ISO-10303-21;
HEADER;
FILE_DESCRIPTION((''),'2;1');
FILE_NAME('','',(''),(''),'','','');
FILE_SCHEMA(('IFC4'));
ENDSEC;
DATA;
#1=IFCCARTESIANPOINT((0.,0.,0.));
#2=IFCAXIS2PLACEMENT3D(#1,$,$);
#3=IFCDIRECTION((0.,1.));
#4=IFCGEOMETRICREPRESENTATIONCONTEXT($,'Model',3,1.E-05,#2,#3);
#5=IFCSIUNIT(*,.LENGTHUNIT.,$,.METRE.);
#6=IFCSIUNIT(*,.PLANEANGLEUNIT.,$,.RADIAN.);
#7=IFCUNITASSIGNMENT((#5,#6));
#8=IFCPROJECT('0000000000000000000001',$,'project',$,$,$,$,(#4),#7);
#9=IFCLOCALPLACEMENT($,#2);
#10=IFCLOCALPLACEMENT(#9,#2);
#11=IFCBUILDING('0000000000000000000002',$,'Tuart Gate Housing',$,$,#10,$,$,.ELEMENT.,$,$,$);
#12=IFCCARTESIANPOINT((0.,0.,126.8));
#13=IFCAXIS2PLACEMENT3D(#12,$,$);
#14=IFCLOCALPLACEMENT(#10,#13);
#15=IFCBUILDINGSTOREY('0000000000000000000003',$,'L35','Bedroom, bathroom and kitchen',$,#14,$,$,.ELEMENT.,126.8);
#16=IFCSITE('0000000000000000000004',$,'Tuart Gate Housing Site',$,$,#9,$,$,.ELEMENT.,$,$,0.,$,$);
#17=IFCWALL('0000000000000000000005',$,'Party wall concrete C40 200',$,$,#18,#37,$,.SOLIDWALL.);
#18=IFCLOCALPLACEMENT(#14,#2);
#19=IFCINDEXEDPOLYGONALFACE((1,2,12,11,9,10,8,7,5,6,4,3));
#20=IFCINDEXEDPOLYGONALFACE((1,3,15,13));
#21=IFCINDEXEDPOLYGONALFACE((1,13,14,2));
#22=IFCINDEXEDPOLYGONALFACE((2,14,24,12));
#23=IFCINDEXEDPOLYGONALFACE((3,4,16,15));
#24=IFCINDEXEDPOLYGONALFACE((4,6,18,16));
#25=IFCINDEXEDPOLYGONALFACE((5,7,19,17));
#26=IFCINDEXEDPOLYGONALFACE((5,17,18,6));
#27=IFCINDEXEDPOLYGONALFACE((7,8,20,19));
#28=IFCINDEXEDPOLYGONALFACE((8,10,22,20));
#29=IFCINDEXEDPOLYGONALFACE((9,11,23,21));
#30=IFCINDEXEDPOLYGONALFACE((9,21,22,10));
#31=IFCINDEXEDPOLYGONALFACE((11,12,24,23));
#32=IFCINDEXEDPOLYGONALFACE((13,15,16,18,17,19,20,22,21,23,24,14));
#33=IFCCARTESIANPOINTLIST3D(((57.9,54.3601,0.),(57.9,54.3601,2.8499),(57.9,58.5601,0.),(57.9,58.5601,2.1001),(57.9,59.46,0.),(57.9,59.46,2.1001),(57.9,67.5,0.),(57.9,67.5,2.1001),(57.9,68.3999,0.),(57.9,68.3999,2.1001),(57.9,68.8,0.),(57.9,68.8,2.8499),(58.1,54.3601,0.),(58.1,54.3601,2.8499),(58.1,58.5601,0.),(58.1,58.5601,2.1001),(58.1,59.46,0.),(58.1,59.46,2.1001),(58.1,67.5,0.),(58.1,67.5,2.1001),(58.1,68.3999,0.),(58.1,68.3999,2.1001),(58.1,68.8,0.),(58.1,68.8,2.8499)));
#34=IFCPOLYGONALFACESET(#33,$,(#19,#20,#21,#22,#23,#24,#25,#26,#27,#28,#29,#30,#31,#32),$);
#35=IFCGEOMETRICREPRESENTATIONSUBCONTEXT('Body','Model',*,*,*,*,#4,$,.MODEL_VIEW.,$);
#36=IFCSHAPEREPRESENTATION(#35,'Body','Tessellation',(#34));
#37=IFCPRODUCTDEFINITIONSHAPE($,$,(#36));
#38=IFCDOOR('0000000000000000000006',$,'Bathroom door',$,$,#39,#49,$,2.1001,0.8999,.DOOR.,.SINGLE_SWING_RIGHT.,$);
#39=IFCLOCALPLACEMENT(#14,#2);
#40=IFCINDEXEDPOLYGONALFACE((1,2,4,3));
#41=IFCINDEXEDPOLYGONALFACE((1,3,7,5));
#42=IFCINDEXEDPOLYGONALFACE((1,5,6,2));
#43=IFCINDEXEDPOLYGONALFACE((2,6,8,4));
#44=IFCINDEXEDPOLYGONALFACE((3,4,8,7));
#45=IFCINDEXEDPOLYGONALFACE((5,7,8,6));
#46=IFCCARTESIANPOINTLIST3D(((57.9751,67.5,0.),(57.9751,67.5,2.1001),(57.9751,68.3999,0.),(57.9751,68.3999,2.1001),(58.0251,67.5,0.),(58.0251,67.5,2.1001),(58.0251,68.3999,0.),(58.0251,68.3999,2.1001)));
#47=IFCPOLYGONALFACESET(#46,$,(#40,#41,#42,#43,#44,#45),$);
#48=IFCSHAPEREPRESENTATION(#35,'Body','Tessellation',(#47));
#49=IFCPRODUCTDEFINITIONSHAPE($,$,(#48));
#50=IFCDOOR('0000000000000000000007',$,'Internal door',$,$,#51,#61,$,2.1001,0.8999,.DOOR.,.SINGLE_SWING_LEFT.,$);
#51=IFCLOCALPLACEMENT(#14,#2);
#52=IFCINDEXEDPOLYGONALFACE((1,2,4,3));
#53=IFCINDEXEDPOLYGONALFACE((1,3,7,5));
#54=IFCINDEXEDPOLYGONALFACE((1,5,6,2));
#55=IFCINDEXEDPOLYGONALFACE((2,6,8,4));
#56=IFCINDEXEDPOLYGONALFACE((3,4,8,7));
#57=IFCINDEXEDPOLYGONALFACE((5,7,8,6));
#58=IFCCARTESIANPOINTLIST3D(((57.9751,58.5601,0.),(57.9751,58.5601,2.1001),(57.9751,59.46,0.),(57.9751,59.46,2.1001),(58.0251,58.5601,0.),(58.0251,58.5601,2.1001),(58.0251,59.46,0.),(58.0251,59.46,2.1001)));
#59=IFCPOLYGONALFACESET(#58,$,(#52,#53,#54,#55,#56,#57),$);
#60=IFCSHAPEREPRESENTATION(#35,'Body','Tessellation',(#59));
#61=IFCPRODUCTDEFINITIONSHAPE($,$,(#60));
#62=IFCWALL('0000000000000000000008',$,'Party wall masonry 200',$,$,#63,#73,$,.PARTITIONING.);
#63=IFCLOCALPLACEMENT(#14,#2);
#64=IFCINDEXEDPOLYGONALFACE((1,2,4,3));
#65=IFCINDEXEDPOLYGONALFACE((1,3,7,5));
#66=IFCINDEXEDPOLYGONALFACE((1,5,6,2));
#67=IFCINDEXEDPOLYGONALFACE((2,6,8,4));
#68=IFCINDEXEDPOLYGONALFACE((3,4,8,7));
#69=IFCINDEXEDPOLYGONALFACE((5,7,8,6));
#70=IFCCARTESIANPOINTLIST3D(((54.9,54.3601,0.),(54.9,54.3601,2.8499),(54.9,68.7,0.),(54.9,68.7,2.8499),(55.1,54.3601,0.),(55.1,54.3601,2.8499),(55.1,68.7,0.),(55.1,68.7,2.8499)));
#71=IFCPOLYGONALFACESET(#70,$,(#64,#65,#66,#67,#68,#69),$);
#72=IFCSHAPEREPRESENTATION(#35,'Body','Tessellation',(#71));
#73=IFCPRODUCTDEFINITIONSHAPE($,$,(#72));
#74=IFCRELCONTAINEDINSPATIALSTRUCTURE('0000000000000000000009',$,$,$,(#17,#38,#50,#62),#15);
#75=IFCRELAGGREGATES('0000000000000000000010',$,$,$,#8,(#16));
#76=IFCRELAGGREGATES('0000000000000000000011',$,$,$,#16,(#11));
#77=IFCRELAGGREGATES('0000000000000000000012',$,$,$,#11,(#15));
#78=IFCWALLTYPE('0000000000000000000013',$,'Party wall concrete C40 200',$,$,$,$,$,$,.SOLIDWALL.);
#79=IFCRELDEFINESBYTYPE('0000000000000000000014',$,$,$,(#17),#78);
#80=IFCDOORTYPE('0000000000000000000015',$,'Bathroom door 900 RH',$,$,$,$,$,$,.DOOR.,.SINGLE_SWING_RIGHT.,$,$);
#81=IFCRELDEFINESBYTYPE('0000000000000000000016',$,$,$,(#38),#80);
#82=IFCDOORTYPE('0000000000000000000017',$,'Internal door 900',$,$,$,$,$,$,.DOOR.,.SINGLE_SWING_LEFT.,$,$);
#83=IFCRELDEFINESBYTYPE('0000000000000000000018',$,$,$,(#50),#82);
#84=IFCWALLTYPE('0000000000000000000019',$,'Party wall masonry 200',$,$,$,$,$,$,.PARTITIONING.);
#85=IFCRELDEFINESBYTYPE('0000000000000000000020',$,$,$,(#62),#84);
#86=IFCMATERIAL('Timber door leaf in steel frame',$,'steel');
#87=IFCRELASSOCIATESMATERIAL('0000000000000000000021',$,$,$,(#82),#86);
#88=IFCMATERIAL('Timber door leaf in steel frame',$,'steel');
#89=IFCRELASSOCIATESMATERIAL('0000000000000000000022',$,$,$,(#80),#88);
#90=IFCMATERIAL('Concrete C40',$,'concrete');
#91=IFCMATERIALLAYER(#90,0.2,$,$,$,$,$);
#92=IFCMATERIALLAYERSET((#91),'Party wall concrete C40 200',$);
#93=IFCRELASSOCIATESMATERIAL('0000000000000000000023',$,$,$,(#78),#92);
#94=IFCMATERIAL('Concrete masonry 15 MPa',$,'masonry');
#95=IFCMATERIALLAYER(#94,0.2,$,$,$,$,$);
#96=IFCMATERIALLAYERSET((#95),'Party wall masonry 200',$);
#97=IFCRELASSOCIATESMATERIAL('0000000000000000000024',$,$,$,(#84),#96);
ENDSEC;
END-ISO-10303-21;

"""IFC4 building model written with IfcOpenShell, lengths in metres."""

from ifc_helpers import new_model, si_unit, direction, frame, frame_2d, origin, place, context, subcontext, project, spatial, rectangle, extrude, material, layer, layer_set, type_object, element, fill, save


model = new_model("IFC4")

# Units and contexts
model_context = context("Model", 3, precision=1e-05, world=origin(), true_north=direction((0.0, 1.0)))
body_context = subcontext(model_context, "Body", "Model", "MODEL_VIEW")
ifc_project = project(units=[si_unit("LENGTHUNIT", "METRE"), si_unit("PLANEANGLEUNIT", "RADIAN")], contexts=[model_context])

# Site, building, storey
site_placement = place(None, origin())
site = spatial("IfcSite", under=ifc_project, at=site_placement, Name="Tuart Gate Housing Site", CompositionType="ELEMENT", RefElevation=0.0)
building_placement = place(site_placement, origin())
building = spatial("IfcBuilding", under=site, at=building_placement, Name="Tuart Gate Housing", CompositionType="ELEMENT")
storey_placement = place(building_placement, frame((0.0, 0.0, 126.8)))
storey = spatial("IfcBuildingStorey", under=building, at=storey_placement, Name="L35", Description="Bedroom, bathroom and kitchen", CompositionType="ELEMENT", Elevation=126.8)

# Shared definitions
ifc_material_1 = material(Name="Timber door leaf in steel frame", Category="steel")
door_type_1 = type_object("IfcDoorType", Name="Internal door 900", OperationType="SINGLE_SWING_LEFT", PredefinedType="DOOR", material=ifc_material_1)

# Shared definitions
ifc_material_2 = material(Name="Timber door leaf in steel frame", Category="steel")
door_type_2 = type_object("IfcDoorType", Name="Bathroom door 900 RH", OperationType="SINGLE_SWING_RIGHT", PredefinedType="DOOR", material=ifc_material_2)

# Shared definitions
ifc_material_3 = material(Name="Concrete C40", Category="concrete")
ifc_layer_1 = layer(ifc_material_3, 0.2)
ifc_layer_set_1 = layer_set([ifc_layer_1], Name="Party wall concrete C40 200")
wall_type_1 = type_object("IfcWallType", Name="Party wall concrete C40 200", PredefinedType="SOLIDWALL", material=ifc_layer_set_1)

# Wall, openings, doors
wall_1_placement = place(storey_placement, frame((58.0, 54.3601, 0.0), z_axis=(0.0, 0.0, 1.0), x_axis=(0.0, 1.0, 0.0)))
wall_1 = element("IfcWall", 1, at=wall_1_placement, inside=storey, type_object=wall_type_1, Name="Party wall concrete C40 200", PredefinedType="SOLIDWALL", context=body_context, shape_type="SweptSolid", body=[
    extrude(rectangle(XDim=14.4399, YDim=0.2, at=frame_2d((7.22, 0.0))), origin(), (0.0, 0.0, 1.0), 2.8499),
])
opening_1_placement = place(wall_1_placement, frame((4.2, 0.0, 0.0)))
opening_1 = element("IfcOpeningElement", 2, at=opening_1_placement, cuts=wall_1, PredefinedType="OPENING", context=body_context, shape_type="SweptSolid", body=[
    extrude(rectangle(XDim=0.8999, YDim=2.1001, at=frame_2d((0.45, 1.05))), frame((0.0, 0.1099, 0.0), z_axis=(0.0, -1.0, 0.0), x_axis=(1.0, 0.0, 0.0)), (0.0, 0.0, 1.0), 0.22),
])
opening_2_placement = place(wall_1_placement, frame((13.1399, 0.0, 0.0)))
opening_2 = element("IfcOpeningElement", 3, at=opening_2_placement, cuts=wall_1, PredefinedType="OPENING", context=body_context, shape_type="SweptSolid", body=[
    extrude(rectangle(XDim=0.8999, YDim=2.1001, at=frame_2d((0.45, 1.05))), frame((0.0, 0.1099, 0.0), z_axis=(0.0, -1.0, 0.0), x_axis=(1.0, 0.0, 0.0)), (0.0, 0.0, 1.0), 0.22),
])
door_1_placement = place(opening_2_placement, origin())
door_1 = element("IfcDoor", 4, at=door_1_placement, inside=storey, type_object=door_type_2, Name="Bathroom door", OperationType="SINGLE_SWING_RIGHT", OverallHeight=2.1001, OverallWidth=0.8999, PredefinedType="DOOR", context=body_context, shape_type="SweptSolid", body=[
    extrude(rectangle(XDim=0.8999, YDim=2.1001, at=frame_2d((0.45, 1.05))), frame((0.0, 0.0249, 0.0), z_axis=(0.0, -1.0, 0.0), x_axis=(1.0, 0.0, 0.0)), (0.0, 0.0, 1.0), 0.05),
])
fill(opening_2, door_1)
door_2_placement = place(opening_1_placement, origin())
door_2 = element("IfcDoor", 5, at=door_2_placement, inside=storey, type_object=door_type_1, Name="Internal door", OperationType="SINGLE_SWING_LEFT", OverallHeight=2.1001, OverallWidth=0.8999, PredefinedType="DOOR", context=body_context, shape_type="SweptSolid", body=[
    extrude(rectangle(XDim=0.8999, YDim=2.1001, at=frame_2d((0.45, 1.05))), frame((0.0, 0.0249, 0.0), z_axis=(0.0, -1.0, 0.0), x_axis=(1.0, 0.0, 0.0)), (0.0, 0.0, 1.0), 0.05),
])
fill(opening_1, door_2)

# Wall
ifc_material_4 = material(Name="Concrete masonry 15 MPa", Category="masonry")
ifc_layer_2 = layer(ifc_material_4, 0.2)
ifc_layer_set_2 = layer_set([ifc_layer_2], Name="Party wall masonry 200")
wall_type_2 = type_object("IfcWallType", Name="Party wall masonry 200", PredefinedType="PARTITIONING", material=ifc_layer_set_2)
wall_2_placement = place(storey_placement, frame((55.0, 54.3601, 0.0), z_axis=(0.0, 0.0, 1.0), x_axis=(0.0, 1.0, 0.0)))
element("IfcWall", 6, at=wall_2_placement, inside=storey, type_object=wall_type_2, Name="Party wall masonry 200", PredefinedType="PARTITIONING", context=body_context, shape_type="SweptSolid", body=[
    extrude(rectangle(XDim=14.3398, YDim=0.2, at=frame_2d((7.1699, 0.0))), origin(), (0.0, 0.0, 1.0), 2.8499),
])

save(model, "model.ifc")
